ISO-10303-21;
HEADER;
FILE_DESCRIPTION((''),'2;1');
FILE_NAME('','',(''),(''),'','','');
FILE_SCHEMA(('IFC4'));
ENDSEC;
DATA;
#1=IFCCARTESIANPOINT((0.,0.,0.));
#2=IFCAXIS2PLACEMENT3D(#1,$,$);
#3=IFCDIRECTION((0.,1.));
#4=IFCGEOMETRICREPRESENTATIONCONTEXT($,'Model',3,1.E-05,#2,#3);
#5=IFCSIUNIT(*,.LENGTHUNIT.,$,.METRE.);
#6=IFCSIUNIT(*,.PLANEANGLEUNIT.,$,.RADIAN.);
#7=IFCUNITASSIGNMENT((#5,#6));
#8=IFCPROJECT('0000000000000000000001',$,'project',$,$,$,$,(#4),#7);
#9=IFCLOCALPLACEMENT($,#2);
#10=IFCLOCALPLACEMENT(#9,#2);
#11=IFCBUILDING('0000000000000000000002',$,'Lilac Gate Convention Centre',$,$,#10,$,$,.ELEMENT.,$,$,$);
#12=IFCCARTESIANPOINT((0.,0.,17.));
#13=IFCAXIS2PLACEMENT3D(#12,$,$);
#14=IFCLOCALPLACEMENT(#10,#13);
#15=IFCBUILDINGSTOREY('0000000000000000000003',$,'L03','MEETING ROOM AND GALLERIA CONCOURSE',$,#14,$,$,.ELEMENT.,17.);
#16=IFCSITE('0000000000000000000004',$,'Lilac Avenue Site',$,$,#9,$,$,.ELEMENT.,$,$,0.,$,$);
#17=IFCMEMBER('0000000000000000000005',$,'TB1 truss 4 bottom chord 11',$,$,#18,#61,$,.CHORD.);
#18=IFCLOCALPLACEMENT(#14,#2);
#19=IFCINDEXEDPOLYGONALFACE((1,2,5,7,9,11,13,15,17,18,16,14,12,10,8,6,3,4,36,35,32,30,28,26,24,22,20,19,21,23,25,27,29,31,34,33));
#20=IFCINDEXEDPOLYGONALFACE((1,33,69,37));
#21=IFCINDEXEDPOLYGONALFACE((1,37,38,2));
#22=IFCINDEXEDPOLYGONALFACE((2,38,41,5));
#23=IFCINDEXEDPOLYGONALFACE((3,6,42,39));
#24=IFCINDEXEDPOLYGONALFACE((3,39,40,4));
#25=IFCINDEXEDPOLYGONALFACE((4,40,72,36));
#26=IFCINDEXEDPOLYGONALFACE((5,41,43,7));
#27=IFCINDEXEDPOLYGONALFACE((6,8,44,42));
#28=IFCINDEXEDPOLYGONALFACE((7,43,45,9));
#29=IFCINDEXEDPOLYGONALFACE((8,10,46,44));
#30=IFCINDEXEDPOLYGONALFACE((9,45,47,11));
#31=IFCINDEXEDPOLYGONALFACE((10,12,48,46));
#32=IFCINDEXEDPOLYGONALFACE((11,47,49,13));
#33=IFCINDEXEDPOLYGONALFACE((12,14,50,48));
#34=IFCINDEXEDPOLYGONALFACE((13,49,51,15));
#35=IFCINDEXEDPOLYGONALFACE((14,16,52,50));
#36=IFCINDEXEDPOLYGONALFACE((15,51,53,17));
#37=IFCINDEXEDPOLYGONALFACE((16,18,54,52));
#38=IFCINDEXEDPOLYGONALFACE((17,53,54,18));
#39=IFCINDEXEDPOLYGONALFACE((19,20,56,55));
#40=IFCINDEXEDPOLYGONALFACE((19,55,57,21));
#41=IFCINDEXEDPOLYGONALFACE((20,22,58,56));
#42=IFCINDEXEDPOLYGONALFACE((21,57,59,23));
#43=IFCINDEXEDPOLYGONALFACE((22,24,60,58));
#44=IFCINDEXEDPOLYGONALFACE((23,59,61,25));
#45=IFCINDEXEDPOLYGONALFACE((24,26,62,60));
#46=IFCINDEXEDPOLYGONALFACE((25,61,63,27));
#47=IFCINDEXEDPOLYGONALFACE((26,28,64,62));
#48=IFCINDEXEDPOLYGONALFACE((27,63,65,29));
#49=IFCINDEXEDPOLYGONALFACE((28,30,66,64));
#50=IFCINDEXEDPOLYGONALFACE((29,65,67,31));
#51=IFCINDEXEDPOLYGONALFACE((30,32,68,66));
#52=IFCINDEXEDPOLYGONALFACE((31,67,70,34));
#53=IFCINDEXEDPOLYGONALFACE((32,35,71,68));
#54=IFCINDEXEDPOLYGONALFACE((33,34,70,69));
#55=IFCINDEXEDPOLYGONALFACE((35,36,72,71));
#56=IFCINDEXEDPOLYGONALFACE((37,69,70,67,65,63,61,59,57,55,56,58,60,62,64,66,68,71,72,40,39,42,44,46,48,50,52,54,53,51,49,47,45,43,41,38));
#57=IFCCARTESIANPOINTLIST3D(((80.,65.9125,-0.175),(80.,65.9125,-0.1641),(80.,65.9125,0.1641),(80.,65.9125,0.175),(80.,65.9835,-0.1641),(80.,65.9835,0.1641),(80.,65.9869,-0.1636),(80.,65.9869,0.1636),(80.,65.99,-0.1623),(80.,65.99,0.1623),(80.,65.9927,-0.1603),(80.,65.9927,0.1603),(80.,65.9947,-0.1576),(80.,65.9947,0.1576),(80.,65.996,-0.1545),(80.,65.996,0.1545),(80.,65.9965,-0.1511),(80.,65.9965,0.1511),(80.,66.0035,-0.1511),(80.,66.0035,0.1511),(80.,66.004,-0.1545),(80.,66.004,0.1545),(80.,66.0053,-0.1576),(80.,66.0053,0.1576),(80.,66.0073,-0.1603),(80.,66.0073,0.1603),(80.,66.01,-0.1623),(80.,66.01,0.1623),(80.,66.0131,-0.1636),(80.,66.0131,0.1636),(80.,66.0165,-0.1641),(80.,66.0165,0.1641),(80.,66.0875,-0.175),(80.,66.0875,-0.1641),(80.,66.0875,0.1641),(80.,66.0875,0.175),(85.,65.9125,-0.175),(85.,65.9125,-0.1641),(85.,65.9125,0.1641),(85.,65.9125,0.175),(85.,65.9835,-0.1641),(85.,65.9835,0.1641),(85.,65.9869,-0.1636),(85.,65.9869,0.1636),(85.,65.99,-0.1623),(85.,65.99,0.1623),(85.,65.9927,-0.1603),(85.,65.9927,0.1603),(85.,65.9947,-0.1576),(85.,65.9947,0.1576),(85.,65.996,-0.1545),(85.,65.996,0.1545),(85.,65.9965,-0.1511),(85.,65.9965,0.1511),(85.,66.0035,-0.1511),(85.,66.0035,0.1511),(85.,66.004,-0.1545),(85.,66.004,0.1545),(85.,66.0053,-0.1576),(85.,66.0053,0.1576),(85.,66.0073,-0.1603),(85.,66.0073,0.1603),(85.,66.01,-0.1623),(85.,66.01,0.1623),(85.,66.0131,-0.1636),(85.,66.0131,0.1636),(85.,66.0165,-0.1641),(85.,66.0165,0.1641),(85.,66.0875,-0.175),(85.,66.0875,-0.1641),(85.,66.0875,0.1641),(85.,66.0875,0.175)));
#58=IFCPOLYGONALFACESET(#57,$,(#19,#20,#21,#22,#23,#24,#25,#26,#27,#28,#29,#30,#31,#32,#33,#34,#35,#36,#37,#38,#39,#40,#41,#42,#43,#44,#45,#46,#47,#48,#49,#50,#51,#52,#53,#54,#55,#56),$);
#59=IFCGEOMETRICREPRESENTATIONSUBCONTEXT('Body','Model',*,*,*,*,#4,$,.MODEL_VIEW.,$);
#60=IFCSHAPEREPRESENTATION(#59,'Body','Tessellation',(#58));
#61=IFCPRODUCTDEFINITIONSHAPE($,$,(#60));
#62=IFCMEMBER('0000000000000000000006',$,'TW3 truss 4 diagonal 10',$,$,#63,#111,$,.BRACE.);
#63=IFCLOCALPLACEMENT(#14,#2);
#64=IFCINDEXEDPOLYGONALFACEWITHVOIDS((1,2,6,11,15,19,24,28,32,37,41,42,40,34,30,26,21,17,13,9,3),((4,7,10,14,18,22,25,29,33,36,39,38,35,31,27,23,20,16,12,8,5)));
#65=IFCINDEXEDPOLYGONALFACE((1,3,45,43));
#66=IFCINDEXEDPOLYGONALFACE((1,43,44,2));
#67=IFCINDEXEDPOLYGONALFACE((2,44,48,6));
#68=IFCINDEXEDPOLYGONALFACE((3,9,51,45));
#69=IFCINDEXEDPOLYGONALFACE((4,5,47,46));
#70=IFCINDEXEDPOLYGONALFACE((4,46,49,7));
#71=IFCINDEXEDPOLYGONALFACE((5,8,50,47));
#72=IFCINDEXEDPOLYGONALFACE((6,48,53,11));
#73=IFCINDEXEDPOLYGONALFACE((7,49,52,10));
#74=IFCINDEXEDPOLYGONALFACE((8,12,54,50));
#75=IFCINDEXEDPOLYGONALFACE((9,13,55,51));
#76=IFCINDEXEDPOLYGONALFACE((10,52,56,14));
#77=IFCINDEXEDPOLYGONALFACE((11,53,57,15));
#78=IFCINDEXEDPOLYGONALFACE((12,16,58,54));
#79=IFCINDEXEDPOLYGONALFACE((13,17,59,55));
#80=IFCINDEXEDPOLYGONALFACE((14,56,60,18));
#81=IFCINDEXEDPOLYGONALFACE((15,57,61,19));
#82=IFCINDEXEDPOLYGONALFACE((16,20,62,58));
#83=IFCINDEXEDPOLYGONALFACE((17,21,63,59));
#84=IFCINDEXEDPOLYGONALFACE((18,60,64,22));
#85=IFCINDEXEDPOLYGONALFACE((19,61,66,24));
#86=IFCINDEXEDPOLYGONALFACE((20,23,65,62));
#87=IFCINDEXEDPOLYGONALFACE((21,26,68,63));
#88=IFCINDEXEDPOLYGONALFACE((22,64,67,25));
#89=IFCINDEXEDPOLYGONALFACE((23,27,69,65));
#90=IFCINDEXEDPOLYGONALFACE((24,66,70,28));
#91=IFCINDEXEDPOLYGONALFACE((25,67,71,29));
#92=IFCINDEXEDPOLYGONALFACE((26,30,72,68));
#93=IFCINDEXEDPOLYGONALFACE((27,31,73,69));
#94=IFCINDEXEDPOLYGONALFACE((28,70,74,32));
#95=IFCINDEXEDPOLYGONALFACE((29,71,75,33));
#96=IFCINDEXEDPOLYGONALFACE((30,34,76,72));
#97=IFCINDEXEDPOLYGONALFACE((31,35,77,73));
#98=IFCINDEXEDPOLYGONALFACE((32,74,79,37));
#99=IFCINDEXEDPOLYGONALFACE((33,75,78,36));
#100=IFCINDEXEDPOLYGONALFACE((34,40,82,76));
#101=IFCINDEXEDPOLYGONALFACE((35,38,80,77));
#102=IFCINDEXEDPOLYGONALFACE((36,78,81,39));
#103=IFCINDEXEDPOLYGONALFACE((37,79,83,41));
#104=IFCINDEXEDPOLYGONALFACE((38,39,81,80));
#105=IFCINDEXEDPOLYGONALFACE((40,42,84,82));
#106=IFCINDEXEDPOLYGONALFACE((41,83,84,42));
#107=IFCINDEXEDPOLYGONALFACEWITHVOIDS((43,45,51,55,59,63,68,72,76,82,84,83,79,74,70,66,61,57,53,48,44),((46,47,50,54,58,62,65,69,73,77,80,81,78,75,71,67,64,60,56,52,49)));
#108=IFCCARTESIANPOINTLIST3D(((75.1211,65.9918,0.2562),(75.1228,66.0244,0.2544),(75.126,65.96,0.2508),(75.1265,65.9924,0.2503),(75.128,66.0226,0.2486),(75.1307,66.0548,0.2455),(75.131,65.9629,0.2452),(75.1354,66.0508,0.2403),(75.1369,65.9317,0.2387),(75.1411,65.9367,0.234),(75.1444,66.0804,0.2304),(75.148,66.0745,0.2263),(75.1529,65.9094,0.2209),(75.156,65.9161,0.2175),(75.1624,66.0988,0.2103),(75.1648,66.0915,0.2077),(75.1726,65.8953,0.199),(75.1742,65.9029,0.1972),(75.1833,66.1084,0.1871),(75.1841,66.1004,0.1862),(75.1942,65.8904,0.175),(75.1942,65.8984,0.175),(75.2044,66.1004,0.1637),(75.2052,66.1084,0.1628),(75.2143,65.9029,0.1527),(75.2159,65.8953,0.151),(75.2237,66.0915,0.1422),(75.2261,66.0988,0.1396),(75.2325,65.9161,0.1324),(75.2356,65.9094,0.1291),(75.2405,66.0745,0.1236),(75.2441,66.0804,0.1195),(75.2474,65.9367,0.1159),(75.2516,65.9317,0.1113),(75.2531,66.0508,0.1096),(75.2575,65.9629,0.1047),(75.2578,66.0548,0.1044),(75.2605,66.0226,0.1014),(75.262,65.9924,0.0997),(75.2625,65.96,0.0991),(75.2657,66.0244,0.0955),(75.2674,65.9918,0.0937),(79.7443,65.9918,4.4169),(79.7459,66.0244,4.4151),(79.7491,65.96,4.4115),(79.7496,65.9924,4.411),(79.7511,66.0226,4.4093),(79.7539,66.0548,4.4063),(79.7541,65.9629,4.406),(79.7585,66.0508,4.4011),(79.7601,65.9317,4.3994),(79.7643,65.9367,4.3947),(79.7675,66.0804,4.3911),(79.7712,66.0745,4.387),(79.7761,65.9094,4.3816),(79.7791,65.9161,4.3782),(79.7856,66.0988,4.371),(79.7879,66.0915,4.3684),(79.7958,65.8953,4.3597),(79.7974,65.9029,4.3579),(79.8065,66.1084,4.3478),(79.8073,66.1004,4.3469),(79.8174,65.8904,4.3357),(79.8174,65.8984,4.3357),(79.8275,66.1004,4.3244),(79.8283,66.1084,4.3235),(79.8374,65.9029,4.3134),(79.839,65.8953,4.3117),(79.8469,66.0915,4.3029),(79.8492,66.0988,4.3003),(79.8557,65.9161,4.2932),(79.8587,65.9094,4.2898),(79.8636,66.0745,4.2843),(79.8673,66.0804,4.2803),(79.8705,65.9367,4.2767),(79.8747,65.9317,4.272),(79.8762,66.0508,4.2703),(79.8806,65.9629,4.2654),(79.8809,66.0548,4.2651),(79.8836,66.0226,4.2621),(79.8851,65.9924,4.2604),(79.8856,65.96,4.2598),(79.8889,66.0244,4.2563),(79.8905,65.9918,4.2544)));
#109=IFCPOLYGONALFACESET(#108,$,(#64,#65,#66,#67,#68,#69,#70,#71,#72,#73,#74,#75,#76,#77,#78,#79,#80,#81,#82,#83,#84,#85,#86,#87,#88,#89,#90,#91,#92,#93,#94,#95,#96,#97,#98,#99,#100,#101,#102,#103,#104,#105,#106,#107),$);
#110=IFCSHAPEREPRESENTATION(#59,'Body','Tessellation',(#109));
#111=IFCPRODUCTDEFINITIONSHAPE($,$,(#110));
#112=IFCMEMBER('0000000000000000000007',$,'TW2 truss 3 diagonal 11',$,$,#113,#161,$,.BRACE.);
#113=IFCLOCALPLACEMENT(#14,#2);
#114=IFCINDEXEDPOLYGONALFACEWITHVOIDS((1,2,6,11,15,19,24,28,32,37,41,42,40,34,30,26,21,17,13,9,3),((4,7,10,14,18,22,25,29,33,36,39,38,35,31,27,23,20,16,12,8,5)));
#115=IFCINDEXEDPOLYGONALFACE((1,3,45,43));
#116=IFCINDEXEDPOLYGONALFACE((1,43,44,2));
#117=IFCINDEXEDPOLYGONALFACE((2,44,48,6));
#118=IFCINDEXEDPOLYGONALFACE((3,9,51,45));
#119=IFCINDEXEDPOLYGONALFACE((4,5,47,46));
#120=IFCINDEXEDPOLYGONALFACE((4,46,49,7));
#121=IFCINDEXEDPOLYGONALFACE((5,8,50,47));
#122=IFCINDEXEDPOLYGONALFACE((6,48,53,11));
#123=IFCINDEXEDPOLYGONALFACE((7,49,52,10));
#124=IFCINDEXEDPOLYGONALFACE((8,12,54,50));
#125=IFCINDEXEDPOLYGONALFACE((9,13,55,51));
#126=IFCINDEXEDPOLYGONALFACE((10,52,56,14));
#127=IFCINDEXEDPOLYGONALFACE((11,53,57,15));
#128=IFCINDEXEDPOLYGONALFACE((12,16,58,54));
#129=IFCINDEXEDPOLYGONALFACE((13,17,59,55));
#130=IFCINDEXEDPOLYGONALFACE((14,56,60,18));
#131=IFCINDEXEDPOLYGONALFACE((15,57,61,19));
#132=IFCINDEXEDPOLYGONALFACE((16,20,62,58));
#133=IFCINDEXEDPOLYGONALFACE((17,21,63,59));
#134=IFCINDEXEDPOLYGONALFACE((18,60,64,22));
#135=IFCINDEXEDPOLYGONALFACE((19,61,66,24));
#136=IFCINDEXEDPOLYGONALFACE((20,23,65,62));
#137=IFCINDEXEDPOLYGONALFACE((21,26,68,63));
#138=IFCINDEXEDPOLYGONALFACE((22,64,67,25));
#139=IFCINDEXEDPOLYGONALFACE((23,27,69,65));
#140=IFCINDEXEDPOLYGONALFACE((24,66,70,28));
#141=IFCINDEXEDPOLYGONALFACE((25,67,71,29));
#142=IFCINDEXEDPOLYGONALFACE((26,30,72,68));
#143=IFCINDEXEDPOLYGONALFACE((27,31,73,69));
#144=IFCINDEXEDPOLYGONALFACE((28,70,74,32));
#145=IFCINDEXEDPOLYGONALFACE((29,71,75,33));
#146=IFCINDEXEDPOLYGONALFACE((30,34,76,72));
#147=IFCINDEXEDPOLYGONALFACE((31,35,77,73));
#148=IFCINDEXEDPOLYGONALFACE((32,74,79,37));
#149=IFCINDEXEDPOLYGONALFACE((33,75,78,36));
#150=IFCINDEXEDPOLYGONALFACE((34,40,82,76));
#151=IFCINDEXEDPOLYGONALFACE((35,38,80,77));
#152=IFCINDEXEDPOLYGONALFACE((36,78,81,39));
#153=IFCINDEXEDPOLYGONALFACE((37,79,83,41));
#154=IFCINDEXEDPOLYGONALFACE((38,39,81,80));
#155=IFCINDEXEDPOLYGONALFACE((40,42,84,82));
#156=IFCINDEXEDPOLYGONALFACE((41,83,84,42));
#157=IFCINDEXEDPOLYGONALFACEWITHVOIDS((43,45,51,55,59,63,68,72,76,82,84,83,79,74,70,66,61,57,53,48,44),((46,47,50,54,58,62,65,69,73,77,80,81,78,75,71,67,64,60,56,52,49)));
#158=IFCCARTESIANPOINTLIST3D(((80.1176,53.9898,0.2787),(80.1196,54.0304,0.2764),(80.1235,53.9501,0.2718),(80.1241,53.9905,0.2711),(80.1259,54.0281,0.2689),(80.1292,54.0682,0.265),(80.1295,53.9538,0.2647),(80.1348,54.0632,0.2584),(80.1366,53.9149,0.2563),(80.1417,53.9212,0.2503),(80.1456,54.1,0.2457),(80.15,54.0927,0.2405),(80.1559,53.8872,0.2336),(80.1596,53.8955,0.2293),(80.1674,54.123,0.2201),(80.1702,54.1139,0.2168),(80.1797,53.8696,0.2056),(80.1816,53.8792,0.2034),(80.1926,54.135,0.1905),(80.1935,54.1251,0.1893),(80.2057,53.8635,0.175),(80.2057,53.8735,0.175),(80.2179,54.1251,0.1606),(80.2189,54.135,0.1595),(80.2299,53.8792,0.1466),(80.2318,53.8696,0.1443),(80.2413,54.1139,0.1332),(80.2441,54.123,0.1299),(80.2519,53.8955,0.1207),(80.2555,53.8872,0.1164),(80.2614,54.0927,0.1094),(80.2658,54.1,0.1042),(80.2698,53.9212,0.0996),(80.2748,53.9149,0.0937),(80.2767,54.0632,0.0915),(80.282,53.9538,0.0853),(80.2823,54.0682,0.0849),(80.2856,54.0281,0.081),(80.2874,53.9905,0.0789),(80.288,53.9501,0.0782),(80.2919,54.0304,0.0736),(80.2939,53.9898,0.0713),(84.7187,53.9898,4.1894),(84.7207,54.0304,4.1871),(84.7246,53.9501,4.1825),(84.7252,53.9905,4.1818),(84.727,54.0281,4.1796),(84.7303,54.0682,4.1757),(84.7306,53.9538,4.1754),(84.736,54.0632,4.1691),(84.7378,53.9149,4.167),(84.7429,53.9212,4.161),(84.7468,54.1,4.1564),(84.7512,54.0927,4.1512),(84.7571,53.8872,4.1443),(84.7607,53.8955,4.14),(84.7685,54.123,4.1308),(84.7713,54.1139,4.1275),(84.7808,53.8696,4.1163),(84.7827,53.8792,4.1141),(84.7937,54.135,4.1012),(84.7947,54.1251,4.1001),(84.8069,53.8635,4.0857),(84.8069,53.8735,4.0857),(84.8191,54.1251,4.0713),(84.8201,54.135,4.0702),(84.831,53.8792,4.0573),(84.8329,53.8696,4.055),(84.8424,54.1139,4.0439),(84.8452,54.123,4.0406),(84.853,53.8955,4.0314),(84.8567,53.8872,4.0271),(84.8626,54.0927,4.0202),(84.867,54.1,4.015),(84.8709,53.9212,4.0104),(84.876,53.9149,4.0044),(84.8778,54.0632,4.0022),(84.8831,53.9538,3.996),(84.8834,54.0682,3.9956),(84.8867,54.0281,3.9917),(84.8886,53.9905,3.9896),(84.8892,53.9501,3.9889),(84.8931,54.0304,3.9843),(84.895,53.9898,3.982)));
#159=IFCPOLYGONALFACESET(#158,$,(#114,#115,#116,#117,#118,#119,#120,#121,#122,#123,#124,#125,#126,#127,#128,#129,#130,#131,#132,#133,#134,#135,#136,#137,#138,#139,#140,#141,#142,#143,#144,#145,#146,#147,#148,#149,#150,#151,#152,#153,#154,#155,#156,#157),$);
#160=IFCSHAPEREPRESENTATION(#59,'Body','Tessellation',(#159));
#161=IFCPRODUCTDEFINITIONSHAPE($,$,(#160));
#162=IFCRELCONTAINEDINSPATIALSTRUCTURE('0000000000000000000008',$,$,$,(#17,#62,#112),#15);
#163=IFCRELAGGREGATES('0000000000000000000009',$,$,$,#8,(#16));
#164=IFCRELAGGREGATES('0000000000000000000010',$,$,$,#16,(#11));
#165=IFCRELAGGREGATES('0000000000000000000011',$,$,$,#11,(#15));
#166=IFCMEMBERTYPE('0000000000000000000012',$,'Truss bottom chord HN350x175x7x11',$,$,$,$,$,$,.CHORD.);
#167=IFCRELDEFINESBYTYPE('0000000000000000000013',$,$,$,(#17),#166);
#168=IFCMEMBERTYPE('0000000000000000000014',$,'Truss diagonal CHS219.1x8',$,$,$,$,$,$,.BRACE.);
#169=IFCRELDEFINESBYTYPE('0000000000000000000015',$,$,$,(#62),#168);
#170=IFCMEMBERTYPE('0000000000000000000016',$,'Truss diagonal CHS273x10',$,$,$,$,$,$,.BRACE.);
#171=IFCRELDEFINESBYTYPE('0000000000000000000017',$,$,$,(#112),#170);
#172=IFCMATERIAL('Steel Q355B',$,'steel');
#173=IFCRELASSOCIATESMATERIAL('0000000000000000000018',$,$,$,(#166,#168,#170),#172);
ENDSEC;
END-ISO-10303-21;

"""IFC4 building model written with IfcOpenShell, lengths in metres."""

from ifc_helpers import new_model, si_unit, direction, frame, origin, origin_2d, place, context, subcontext, project, spatial, hollow_circle, i_section, extrude, material, material_profile, profile_set, type_object, element, save


model = new_model("IFC4")

# Units and contexts
model_context = context("Model", 3, precision=1e-05, world=origin(), true_north=direction((0.0, 1.0)))
body_context = subcontext(model_context, "Body", "Model", "MODEL_VIEW")
ifc_project = project(units=[si_unit("LENGTHUNIT", "METRE"), si_unit("PLANEANGLEUNIT", "RADIAN")], contexts=[model_context])

# Site, building, storey
site_placement = place(None, origin())
site = spatial("IfcSite", under=ifc_project, at=site_placement, Name="Lilac Avenue Site", CompositionType="ELEMENT", RefElevation=0.0)
building_placement = place(site_placement, origin())
building = spatial("IfcBuilding", under=site, at=building_placement, Name="Lilac Gate Convention Centre", CompositionType="ELEMENT")
storey_placement = place(building_placement, frame((0.0, 0.0, 17.0)))
storey = spatial("IfcBuildingStorey", under=building, at=storey_placement, Name="L03", Description="MEETING ROOM AND GALLERIA CONCOURSE", CompositionType="ELEMENT", Elevation=17.0)

# Members
ifc_material = material(Name="Steel Q355B", Category="steel")
ifc_material_profile_1 = material_profile(ifc_material, i_section(OverallWidth=0.175, OverallDepth=0.3501, WebThickness=0.0071, FlangeThickness=0.011, FilletRadius=0.0129, at=origin_2d()), Name="HN350x175x7x11")
ifc_profile_set_1 = profile_set([ifc_material_profile_1], Name="Steel Q355B")
member_type_1 = type_object("IfcMemberType", Name="Truss bottom chord HN350x175x7x11", PredefinedType="CHORD", material=ifc_profile_set_1)
for number, where, z_axis, x_axis, name in (
    (1, (80.0, 66.0, 0.0), (1.0, 0.0, 0.0), (0.0, 1.0, 0.0), "TB1 truss 4 bottom chord 11"),
):
    element("IfcMember", number, at=place(storey_placement, frame(where, z_axis=z_axis, x_axis=x_axis)), inside=storey, type_object=member_type_1, Name=name, PredefinedType="CHORD", context=body_context, shape_type="SweptSolid", body=[
        extrude(i_section(OverallWidth=0.175, OverallDepth=0.3501, WebThickness=0.0071, FlangeThickness=0.011, FilletRadius=0.0129, at=origin_2d()), origin(), (0.0, 0.0, 1.0), 5.0),
    ])
ifc_material_profile_2 = material_profile(ifc_material, hollow_circle(Radius=0.1096, WallThickness=0.0081, at=origin_2d()), Name="CHS219.1x8")
ifc_profile_set_2 = profile_set([ifc_material_profile_2], Name="Steel Q355B")
member_type_2 = type_object("IfcMemberType", Name="Truss diagonal CHS219.1x8", PredefinedType="BRACE", material=ifc_profile_set_2)
member_1_placement = place(storey_placement, frame((79.8174, 66.0, 4.3357), z_axis=(-0.743302, 0.0, -0.668956), x_axis=(0.0, -1.0, 0.0)))
element("IfcMember", 2, at=member_1_placement, inside=storey, type_object=member_type_2, Name="TW3 truss 4 diagonal 10", PredefinedType="BRACE", context=body_context, shape_type="SweptSolid", body=[
    extrude(hollow_circle(Radius=0.1096, WallThickness=0.0081, at=origin_2d()), origin(), (0.0, 0.0, 1.0), 6.2197),
])
ifc_material_profile_3 = material_profile(ifc_material, hollow_circle(Radius=0.1365, WallThickness=0.01, at=origin_2d()), Name="CHS273x10")
ifc_profile_set_3 = profile_set([ifc_material_profile_3], Name="Steel Q355B")
member_type_3 = type_object("IfcMemberType", Name="Truss diagonal CHS273x10", PredefinedType="BRACE", material=ifc_profile_set_3)
member_2_placement = place(storey_placement, frame((84.8069, 54.0, 4.0857), z_axis=(-0.761961, 0.0, -0.647623), x_axis=(0.0, -1.0, 0.0)))
element("IfcMember", 3, at=member_2_placement, inside=storey, type_object=member_type_3, Name="TW2 truss 3 diagonal 11", PredefinedType="BRACE", context=body_context, shape_type="SweptSolid", body=[
    extrude(hollow_circle(Radius=0.1365, WallThickness=0.01, at=origin_2d()), origin(), (0.0, 0.0, 1.0), 6.0386),
])

save(model, "model.ifc")
